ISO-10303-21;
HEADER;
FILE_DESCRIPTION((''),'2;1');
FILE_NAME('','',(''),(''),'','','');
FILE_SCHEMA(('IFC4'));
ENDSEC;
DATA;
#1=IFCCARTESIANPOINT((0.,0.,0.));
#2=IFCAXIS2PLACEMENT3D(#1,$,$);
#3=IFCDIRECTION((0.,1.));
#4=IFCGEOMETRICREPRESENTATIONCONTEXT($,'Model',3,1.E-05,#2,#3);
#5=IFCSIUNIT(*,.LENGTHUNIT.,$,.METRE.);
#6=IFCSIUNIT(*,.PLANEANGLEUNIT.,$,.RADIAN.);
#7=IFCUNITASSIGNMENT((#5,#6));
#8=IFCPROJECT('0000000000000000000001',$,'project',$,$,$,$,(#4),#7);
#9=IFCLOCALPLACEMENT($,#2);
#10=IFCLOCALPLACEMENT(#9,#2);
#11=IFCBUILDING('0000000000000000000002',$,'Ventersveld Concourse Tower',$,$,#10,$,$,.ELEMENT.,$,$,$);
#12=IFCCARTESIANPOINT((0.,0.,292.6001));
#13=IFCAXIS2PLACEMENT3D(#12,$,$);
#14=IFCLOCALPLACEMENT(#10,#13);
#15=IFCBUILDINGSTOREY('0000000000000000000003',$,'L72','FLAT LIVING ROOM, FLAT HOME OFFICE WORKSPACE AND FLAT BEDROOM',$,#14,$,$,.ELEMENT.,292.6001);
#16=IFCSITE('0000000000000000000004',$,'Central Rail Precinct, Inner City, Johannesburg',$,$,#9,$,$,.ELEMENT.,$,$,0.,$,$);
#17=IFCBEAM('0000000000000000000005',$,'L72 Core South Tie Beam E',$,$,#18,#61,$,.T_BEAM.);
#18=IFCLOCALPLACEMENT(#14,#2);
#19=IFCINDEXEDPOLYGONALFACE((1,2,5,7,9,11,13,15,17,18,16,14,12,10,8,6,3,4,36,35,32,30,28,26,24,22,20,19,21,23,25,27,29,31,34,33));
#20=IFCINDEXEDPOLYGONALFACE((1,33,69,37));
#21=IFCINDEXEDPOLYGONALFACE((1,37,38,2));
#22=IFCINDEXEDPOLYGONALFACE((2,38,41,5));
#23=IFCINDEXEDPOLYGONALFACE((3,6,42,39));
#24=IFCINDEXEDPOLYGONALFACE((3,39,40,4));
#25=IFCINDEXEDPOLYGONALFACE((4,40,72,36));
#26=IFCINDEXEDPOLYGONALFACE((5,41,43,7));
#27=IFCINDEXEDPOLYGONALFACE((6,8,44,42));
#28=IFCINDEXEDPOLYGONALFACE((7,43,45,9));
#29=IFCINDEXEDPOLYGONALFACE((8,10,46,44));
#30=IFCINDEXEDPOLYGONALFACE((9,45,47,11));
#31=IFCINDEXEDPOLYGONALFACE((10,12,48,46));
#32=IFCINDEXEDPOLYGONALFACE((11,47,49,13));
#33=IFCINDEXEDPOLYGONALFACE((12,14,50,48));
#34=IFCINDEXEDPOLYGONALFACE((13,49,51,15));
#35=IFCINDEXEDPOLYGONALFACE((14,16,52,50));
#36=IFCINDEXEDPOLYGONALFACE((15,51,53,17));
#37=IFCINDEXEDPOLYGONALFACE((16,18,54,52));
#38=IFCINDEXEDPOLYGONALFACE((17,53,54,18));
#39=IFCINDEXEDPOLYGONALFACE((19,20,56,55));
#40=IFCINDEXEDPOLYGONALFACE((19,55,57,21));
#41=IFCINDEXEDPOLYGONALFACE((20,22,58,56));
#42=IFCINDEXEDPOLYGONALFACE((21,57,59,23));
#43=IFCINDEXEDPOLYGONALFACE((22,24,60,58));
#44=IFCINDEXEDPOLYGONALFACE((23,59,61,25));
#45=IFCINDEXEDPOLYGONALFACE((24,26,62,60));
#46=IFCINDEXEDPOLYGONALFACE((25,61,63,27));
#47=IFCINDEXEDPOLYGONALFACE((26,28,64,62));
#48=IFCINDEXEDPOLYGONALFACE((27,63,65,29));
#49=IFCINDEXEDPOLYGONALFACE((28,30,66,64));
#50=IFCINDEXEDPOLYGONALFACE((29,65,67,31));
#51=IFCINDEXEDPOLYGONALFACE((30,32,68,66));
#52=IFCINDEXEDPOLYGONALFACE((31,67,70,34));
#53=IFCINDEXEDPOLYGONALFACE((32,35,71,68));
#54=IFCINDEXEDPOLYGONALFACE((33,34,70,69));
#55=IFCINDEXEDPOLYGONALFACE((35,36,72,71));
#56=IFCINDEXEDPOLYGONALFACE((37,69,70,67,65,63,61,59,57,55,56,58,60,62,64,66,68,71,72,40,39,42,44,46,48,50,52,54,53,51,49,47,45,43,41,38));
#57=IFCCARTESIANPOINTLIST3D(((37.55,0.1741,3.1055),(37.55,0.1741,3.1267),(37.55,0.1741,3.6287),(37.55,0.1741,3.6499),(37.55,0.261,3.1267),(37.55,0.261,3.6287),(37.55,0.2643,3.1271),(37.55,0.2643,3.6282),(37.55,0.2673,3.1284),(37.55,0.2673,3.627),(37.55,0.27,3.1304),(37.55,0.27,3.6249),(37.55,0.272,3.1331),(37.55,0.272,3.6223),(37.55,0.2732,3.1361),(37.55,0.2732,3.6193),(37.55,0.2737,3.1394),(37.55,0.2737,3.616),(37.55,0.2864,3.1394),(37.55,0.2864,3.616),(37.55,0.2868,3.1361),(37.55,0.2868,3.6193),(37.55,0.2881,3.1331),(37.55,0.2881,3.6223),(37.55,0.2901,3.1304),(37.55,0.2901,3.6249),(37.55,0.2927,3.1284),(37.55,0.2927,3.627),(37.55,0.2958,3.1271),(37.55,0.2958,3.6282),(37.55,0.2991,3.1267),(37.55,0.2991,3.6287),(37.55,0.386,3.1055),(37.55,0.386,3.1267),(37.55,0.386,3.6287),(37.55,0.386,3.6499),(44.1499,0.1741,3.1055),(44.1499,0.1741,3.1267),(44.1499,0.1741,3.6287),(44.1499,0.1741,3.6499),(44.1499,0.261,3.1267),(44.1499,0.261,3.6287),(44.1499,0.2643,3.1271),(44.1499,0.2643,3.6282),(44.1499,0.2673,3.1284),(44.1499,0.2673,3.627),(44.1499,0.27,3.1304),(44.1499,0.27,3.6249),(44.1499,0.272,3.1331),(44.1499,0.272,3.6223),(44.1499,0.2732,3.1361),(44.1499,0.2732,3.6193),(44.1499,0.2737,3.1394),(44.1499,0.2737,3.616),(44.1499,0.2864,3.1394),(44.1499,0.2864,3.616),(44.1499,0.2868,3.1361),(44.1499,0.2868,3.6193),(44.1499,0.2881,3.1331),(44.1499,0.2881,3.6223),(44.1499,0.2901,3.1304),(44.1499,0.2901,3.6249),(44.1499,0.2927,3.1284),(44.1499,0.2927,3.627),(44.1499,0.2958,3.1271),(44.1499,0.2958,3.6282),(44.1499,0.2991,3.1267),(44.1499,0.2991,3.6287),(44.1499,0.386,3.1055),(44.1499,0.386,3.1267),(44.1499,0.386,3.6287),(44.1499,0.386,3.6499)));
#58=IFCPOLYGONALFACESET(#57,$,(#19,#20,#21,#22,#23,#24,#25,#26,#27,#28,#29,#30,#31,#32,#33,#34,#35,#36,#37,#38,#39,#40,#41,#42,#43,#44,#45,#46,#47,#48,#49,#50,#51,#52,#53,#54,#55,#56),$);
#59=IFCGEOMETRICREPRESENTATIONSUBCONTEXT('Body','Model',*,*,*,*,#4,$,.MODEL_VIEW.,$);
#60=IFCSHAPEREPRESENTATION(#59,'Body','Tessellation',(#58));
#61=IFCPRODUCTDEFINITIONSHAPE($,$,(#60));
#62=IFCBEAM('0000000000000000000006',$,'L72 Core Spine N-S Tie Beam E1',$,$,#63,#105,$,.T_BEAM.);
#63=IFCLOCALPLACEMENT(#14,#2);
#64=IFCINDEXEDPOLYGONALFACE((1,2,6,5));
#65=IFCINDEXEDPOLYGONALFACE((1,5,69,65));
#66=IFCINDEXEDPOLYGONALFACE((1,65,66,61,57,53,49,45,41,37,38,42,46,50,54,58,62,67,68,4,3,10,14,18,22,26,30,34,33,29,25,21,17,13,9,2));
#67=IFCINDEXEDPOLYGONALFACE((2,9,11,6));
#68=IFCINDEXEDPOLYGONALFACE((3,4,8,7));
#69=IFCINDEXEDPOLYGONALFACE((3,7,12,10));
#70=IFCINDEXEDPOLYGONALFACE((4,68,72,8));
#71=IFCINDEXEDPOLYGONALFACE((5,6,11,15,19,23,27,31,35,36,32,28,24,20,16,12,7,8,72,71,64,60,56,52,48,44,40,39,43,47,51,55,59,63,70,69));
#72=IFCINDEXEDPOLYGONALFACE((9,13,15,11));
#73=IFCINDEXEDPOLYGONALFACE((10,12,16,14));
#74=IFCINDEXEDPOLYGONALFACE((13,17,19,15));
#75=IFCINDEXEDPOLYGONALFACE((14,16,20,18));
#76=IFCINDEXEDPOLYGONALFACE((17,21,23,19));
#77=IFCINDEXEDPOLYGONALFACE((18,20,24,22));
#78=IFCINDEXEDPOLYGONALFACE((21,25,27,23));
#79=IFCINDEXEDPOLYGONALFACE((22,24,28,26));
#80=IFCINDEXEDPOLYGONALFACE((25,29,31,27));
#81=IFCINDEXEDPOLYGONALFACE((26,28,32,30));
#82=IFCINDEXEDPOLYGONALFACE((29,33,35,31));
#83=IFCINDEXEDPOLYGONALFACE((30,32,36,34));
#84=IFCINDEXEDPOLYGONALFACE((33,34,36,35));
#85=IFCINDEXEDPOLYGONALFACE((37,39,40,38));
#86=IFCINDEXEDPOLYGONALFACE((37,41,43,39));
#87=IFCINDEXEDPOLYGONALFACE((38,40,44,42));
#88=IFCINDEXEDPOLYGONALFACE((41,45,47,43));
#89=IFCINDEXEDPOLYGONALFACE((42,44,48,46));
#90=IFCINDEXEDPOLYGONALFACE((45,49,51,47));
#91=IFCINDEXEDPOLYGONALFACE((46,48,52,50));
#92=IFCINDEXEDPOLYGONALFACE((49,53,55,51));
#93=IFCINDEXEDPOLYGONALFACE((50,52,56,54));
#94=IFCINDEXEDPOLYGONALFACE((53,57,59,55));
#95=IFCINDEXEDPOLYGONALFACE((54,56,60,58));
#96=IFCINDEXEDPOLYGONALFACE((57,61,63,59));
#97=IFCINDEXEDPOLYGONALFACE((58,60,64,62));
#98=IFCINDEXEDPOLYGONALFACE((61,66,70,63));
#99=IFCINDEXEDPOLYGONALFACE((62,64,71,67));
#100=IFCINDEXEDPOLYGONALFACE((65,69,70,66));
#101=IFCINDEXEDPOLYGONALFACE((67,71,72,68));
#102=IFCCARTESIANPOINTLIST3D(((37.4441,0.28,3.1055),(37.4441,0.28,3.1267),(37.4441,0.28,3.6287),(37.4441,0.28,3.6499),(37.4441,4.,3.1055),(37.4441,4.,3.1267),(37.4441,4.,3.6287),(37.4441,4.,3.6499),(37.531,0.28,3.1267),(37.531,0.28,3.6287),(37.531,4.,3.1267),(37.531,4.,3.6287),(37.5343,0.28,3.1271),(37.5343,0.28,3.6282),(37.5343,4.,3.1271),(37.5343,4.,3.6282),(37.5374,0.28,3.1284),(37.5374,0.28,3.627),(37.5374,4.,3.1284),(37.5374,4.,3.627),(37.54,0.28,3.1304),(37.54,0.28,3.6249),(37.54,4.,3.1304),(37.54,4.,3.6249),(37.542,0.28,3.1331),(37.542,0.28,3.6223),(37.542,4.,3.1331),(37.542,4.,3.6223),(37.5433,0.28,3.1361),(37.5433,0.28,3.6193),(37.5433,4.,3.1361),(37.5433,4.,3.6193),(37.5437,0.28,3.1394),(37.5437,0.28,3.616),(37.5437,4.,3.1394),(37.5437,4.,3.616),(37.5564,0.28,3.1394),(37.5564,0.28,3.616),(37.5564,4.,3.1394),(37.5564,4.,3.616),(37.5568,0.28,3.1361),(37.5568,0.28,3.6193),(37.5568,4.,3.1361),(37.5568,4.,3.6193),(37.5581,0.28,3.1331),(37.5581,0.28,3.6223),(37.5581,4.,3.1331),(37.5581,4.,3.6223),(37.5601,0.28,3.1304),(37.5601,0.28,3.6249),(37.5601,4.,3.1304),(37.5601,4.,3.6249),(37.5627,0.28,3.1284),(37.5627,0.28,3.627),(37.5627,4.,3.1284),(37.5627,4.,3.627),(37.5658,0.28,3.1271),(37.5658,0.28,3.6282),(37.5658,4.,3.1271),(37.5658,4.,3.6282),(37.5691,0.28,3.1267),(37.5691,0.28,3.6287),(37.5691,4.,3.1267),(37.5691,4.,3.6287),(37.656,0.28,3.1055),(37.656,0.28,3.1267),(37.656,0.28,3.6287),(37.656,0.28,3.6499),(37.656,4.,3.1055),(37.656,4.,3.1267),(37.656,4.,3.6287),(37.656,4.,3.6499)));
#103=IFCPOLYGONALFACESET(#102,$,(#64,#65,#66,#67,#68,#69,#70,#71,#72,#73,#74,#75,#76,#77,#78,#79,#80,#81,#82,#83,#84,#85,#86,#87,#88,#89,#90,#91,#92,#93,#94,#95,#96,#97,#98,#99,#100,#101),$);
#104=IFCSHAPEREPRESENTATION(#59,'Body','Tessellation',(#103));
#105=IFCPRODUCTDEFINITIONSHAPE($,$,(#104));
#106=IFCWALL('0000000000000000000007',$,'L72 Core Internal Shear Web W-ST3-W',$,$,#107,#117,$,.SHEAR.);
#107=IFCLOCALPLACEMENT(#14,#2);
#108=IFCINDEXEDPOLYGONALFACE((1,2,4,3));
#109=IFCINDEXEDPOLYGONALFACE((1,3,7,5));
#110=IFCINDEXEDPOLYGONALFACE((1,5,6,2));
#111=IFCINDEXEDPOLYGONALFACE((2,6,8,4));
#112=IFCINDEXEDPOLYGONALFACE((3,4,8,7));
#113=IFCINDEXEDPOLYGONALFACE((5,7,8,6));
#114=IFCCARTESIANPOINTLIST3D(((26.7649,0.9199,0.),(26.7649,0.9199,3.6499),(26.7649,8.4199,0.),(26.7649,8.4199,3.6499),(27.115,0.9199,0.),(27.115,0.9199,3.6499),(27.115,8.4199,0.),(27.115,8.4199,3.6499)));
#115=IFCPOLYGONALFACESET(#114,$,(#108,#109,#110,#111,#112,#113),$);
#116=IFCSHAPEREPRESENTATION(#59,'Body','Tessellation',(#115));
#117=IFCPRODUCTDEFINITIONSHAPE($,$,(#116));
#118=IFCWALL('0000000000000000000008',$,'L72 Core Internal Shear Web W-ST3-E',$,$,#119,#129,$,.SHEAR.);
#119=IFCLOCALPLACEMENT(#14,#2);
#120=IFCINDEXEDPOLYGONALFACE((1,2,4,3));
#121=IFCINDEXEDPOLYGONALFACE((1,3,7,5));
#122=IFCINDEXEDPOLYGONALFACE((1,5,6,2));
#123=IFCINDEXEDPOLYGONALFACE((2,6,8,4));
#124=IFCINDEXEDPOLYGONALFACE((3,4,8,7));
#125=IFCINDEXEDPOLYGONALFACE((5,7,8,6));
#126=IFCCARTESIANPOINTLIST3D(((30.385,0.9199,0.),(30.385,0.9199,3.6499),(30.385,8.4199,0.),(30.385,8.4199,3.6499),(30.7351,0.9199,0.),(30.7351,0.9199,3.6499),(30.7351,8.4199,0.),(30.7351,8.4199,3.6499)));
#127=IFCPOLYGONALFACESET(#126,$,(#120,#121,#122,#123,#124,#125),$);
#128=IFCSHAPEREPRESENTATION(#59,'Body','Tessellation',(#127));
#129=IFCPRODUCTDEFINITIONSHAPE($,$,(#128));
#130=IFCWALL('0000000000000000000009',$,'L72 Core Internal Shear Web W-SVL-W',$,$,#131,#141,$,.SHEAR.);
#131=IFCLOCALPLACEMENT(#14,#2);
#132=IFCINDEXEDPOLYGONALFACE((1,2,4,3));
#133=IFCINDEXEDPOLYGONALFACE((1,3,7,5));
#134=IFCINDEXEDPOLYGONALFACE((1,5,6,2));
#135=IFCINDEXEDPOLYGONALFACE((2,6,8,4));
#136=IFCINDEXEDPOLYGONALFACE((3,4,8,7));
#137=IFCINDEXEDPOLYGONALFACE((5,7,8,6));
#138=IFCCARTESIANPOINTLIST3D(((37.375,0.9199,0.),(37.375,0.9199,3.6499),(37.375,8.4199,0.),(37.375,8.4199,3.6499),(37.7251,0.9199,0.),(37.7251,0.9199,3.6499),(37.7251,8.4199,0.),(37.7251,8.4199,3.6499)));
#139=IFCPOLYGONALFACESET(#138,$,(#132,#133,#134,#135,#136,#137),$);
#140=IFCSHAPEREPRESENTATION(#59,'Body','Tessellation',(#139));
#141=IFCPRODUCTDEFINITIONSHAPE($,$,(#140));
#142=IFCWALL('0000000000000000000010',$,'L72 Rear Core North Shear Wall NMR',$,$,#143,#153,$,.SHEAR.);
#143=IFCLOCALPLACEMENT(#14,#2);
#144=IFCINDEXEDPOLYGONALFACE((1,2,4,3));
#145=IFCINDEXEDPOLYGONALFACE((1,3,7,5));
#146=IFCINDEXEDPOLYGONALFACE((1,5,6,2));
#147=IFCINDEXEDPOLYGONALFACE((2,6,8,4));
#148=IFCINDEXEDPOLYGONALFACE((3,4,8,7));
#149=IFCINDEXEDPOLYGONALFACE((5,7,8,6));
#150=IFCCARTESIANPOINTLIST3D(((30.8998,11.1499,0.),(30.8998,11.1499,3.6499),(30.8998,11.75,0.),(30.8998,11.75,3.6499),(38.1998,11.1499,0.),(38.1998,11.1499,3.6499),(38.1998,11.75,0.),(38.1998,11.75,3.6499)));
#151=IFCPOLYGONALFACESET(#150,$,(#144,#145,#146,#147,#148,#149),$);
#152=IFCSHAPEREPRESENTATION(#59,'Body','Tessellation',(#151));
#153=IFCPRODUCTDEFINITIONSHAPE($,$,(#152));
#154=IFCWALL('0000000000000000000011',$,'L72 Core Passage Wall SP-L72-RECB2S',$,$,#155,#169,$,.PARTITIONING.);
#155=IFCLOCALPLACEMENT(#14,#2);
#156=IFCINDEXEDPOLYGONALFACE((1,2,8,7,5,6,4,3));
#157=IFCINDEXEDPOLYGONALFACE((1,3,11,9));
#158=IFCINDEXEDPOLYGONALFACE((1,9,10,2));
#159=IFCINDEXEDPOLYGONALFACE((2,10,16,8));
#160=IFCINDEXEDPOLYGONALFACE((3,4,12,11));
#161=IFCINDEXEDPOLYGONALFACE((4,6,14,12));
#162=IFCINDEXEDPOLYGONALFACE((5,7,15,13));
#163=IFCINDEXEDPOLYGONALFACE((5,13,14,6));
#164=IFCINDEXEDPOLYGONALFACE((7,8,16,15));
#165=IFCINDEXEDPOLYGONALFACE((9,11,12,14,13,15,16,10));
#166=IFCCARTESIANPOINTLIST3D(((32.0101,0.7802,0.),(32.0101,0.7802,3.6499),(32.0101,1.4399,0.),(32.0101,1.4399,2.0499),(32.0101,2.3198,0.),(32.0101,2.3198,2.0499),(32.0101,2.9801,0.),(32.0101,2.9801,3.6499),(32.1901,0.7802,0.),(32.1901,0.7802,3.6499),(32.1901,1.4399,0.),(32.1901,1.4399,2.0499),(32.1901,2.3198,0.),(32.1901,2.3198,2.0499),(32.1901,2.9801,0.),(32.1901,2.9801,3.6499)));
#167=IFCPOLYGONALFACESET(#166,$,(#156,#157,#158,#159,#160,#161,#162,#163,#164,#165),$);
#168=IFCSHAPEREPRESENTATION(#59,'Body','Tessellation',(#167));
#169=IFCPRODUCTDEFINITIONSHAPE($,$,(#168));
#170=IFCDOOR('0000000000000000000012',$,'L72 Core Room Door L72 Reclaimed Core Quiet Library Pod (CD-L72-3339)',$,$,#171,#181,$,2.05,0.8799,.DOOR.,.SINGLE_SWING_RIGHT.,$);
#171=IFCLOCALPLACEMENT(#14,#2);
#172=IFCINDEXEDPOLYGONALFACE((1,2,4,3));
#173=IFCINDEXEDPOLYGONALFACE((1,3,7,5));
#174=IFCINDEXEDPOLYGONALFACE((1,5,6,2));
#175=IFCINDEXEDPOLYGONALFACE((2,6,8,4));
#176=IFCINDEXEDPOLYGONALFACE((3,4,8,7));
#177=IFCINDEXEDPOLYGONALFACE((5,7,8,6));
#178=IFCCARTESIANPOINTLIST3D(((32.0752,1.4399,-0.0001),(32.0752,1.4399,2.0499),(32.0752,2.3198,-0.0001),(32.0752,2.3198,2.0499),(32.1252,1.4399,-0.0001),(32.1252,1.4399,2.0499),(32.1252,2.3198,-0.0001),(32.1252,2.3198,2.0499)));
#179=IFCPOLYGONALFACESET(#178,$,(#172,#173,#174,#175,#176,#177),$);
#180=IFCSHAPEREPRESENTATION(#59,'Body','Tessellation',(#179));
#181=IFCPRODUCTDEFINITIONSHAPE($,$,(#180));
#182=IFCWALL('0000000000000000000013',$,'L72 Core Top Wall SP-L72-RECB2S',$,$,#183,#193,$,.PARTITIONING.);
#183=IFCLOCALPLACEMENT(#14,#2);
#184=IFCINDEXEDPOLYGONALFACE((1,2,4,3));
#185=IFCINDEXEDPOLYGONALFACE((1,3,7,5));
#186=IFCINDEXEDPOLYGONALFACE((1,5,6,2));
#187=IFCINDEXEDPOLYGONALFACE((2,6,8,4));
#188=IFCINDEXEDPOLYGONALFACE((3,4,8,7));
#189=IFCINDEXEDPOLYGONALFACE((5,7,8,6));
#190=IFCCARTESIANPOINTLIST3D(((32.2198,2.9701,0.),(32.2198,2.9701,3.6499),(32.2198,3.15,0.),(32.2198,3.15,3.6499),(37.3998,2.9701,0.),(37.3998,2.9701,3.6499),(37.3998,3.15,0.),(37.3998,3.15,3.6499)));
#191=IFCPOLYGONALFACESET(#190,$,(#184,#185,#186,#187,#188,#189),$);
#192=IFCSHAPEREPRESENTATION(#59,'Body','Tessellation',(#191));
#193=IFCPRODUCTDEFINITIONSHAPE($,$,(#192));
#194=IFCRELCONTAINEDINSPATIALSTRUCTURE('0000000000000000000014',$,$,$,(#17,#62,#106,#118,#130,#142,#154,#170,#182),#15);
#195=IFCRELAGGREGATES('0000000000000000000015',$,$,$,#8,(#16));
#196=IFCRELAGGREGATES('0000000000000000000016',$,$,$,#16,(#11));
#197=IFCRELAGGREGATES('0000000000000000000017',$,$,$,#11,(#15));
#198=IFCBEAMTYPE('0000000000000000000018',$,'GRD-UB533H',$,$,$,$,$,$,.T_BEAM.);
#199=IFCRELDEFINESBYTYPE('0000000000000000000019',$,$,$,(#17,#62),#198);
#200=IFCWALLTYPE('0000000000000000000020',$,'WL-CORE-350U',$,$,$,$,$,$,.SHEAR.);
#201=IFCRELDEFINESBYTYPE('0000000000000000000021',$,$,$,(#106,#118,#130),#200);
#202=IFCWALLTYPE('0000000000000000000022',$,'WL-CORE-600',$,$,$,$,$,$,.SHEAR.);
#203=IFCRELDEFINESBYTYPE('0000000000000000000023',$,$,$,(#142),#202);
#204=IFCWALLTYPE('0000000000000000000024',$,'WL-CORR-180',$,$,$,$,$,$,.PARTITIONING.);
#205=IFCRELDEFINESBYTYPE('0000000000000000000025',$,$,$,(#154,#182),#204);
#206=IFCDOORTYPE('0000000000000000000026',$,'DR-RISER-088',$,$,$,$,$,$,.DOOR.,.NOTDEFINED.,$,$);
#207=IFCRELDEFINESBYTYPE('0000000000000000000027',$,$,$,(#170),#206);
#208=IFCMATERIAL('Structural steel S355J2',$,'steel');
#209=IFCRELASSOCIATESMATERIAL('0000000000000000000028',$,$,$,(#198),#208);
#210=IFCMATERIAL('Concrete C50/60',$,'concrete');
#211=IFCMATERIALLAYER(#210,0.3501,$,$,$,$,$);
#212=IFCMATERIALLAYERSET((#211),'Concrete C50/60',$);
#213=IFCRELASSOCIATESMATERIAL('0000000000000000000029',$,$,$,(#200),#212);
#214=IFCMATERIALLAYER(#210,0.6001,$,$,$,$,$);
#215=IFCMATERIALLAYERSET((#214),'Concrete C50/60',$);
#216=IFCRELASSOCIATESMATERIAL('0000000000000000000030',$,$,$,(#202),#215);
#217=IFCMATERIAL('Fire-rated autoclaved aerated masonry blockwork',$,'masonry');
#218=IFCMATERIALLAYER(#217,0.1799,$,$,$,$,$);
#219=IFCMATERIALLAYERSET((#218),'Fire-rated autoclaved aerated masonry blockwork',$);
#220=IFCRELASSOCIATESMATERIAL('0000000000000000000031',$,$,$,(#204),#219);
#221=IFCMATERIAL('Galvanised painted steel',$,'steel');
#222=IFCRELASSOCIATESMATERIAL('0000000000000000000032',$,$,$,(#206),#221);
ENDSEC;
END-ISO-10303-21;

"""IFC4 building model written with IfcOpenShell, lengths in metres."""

from ifc_helpers import new_model, si_unit, direction, frame, frame_2d, origin, origin_2d, place, context, subcontext, project, spatial, rectangle, i_section, extrude, material, layer, layer_set, material_profile, profile_set, type_object, element, fill, save


model = new_model("IFC4")

# Units and contexts
model_context = context("Model", 3, precision=1e-05, world=origin(), true_north=direction((0.0, 1.0)))
body_context = subcontext(model_context, "Body", "Model", "MODEL_VIEW")
ifc_project = project(units=[si_unit("LENGTHUNIT", "METRE"), si_unit("PLANEANGLEUNIT", "RADIAN")], contexts=[model_context])

# Site, building, storey
site_placement = place(None, origin())
site = spatial("IfcSite", under=ifc_project, at=site_placement, Name="Central Rail Precinct, Inner City, Johannesburg", CompositionType="ELEMENT", RefElevation=0.0)
building_placement = place(site_placement, origin())
building = spatial("IfcBuilding", under=site, at=building_placement, Name="Ventersveld Concourse Tower", CompositionType="ELEMENT")
storey_placement = place(building_placement, frame((0.0, 0.0, 292.6001)))
storey = spatial("IfcBuildingStorey", under=building, at=storey_placement, Name="L72", Description="FLAT LIVING ROOM, FLAT HOME OFFICE WORKSPACE AND FLAT BEDROOM", CompositionType="ELEMENT", Elevation=292.6001)

# Shared definitions
ifc_material_1 = material(Name="Concrete C50/60", Category="concrete")

# Beams
ifc_material_2 = material(Name="Structural steel S355J2", Category="steel")
ifc_material_profile_1 = material_profile(ifc_material_2, i_section(OverallWidth=0.2119, OverallDepth=0.5444, WebThickness=0.0127, FlangeThickness=0.0212, FilletRadius=0.0127, at=origin_2d()), Name="UB 533x210x122")
ifc_profile_set_1 = profile_set([ifc_material_profile_1], Name="Structural steel S355J2")
beam_type_1 = type_object("IfcBeamType", Name="GRD-UB533H", PredefinedType="T_BEAM", material=ifc_profile_set_1)
beam_1_placement = place(storey_placement, frame((37.55, 0.28, 3.3777), z_axis=(1.0, 0.0, 0.0), x_axis=(0.0, 1.0, 0.0)))
element("IfcBeam", 1, at=beam_1_placement, inside=storey, type_object=beam_type_1, Name="L72 Core South Tie Beam E", PredefinedType="T_BEAM", context=body_context, shape_type="SweptSolid", body=[
    extrude(i_section(OverallWidth=0.2119, OverallDepth=0.5444, WebThickness=0.0127, FlangeThickness=0.0212, FilletRadius=0.0127, at=origin_2d()), origin(), (0.0, 0.0, 1.0), 6.5999),
])
beam_2_placement = place(storey_placement, frame((37.55, 0.28, 3.3777), z_axis=(0.0, 1.0, 0.0), x_axis=(-1.0, 0.0, 0.0)))
element("IfcBeam", 2, at=beam_2_placement, inside=storey, type_object=beam_type_1, Name="L72 Core Spine N-S Tie Beam E1", PredefinedType="T_BEAM", context=body_context, shape_type="SweptSolid", body=[
    extrude(i_section(OverallWidth=0.2119, OverallDepth=0.5444, WebThickness=0.0127, FlangeThickness=0.0212, FilletRadius=0.0127, at=origin_2d()), origin(), (0.0, 0.0, 1.0), 3.72),
])

# Walls
ifc_layer_1 = layer(ifc_material_1, 0.3501)
ifc_layer_set_1 = layer_set([ifc_layer_1], Name="Concrete C50/60")
wall_type_1 = type_object("IfcWallType", Name="WL-CORE-350U", PredefinedType="SHEAR", material=ifc_layer_set_1)
for number, where, z_axis, x_axis, name in (
    (3, (26.9399, 0.9199, 0.0), (0.0, 0.0, 1.0), (0.0, 1.0, 0.0), "L72 Core Internal Shear Web W-ST3-W"),
    (4, (30.5601, 0.9199, 0.0), (0.0, 0.0, 1.0), (0.0, 1.0, 0.0), "L72 Core Internal Shear Web W-ST3-E"),
    (5, (37.55, 0.9199, 0.0), (0.0, 0.0, 1.0), (0.0, 1.0, 0.0), "L72 Core Internal Shear Web W-SVL-W"),
):
    element("IfcWall", number, at=place(storey_placement, frame(where, z_axis=z_axis, x_axis=x_axis)), inside=storey, type_object=wall_type_1, Name=name, PredefinedType="SHEAR", context=body_context, shape_type="SweptSolid", body=[
        extrude(rectangle(XDim=7.5, YDim=0.3501, at=frame_2d((3.75, 0.0))), origin(), (0.0, 0.0, 1.0), 3.6499),
    ])
ifc_layer_2 = layer(ifc_material_1, 0.6001)
ifc_layer_set_2 = layer_set([ifc_layer_2], Name="Concrete C50/60")
wall_type_2 = type_object("IfcWallType", Name="WL-CORE-600", PredefinedType="SHEAR", material=ifc_layer_set_2)
wall_1_placement = place(storey_placement, frame((30.8999, 11.45, 0.0), z_axis=(0.0, 0.0, 1.0), x_axis=(1.0, 0.0, 0.0)))
element("IfcWall", 6, at=wall_1_placement, inside=storey, type_object=wall_type_2, Name="L72 Rear Core North Shear Wall NMR", PredefinedType="SHEAR", context=body_context, shape_type="SweptSolid", body=[
    extrude(rectangle(XDim=7.3, YDim=0.6001, at=frame_2d((3.6499, 0.0))), origin(), (0.0, 0.0, 1.0), 3.6499),
])

# Wall, opening, door
ifc_material_3 = material(Name="Fire-rated autoclaved aerated masonry blockwork", Category="masonry")
ifc_layer_3 = layer(ifc_material_3, 0.1799)
ifc_layer_set_3 = layer_set([ifc_layer_3], Name="Fire-rated autoclaved aerated masonry blockwork")
wall_type_3 = type_object("IfcWallType", Name="WL-CORR-180", PredefinedType="PARTITIONING", material=ifc_layer_set_3)
wall_2_placement = place(storey_placement, frame((32.1001, 0.78, 0.0), z_axis=(0.0, 0.0, 1.0), x_axis=(0.0, 1.0, 0.0)))
wall_2 = element("IfcWall", 7, at=wall_2_placement, inside=storey, type_object=wall_type_3, Name="L72 Core Passage Wall SP-L72-RECB2S", PredefinedType="PARTITIONING", context=body_context, shape_type="SweptSolid", body=[
    extrude(rectangle(XDim=2.2, YDim=0.1799, at=frame_2d((1.1001, 0.0))), origin(), (0.0, 0.0, 1.0), 3.6499),
])
opening_1_placement = place(wall_2_placement, frame((0.6599, 0.0, 0.0)))
opening_1 = element("IfcOpeningElement", 8, at=opening_1_placement, cuts=wall_2, PredefinedType="OPENING", context=body_context, shape_type="SweptSolid", body=[
    extrude(rectangle(XDim=0.8799, YDim=2.05, at=frame_2d((0.4399, 1.0249))), frame((0.0, 0.1001, 0.0), z_axis=(0.0, -1.0, 0.0), x_axis=(1.0, 0.0, 0.0)), (0.0, 0.0, 1.0), 0.2),
])
ifc_material_4 = material(Name="Galvanised painted steel", Category="steel")
door_type_1 = type_object("IfcDoorType", Name="DR-RISER-088", OperationType="NOTDEFINED", PredefinedType="DOOR", material=ifc_material_4)
door_1_placement = place(opening_1_placement, origin())
door_1 = element("IfcDoor", 9, at=door_1_placement, inside=storey, type_object=door_type_1, Name="L72 Core Room Door L72 Reclaimed Core Quiet Library Pod (CD-L72-3339)", OperationType="SINGLE_SWING_RIGHT", OverallHeight=2.05, OverallWidth=0.8799, PredefinedType="DOOR", context=body_context, shape_type="SweptSolid", body=[
    extrude(rectangle(XDim=0.8799, YDim=2.05, at=frame_2d((0.4399, 1.0249))), frame((0.0, 0.0249, 0.0), z_axis=(0.0, -1.0, 0.0), x_axis=(1.0, 0.0, 0.0)), (0.0, 0.0, 1.0), 0.05),
])
fill(opening_1, door_1)

# Wall
wall_3_placement = place(storey_placement, frame((32.22, 3.0601, 0.0), z_axis=(0.0, 0.0, 1.0), x_axis=(1.0, 0.0, 0.0)))
element("IfcWall", 10, at=wall_3_placement, inside=storey, type_object=wall_type_3, Name="L72 Core Top Wall SP-L72-RECB2S", PredefinedType="PARTITIONING", context=body_context, shape_type="SweptSolid", body=[
    extrude(rectangle(XDim=5.1799, YDim=0.1799, at=frame_2d((2.5898, 0.0))), origin(), (0.0, 0.0, 1.0), 3.6499),
])

save(model, "model.ifc")
